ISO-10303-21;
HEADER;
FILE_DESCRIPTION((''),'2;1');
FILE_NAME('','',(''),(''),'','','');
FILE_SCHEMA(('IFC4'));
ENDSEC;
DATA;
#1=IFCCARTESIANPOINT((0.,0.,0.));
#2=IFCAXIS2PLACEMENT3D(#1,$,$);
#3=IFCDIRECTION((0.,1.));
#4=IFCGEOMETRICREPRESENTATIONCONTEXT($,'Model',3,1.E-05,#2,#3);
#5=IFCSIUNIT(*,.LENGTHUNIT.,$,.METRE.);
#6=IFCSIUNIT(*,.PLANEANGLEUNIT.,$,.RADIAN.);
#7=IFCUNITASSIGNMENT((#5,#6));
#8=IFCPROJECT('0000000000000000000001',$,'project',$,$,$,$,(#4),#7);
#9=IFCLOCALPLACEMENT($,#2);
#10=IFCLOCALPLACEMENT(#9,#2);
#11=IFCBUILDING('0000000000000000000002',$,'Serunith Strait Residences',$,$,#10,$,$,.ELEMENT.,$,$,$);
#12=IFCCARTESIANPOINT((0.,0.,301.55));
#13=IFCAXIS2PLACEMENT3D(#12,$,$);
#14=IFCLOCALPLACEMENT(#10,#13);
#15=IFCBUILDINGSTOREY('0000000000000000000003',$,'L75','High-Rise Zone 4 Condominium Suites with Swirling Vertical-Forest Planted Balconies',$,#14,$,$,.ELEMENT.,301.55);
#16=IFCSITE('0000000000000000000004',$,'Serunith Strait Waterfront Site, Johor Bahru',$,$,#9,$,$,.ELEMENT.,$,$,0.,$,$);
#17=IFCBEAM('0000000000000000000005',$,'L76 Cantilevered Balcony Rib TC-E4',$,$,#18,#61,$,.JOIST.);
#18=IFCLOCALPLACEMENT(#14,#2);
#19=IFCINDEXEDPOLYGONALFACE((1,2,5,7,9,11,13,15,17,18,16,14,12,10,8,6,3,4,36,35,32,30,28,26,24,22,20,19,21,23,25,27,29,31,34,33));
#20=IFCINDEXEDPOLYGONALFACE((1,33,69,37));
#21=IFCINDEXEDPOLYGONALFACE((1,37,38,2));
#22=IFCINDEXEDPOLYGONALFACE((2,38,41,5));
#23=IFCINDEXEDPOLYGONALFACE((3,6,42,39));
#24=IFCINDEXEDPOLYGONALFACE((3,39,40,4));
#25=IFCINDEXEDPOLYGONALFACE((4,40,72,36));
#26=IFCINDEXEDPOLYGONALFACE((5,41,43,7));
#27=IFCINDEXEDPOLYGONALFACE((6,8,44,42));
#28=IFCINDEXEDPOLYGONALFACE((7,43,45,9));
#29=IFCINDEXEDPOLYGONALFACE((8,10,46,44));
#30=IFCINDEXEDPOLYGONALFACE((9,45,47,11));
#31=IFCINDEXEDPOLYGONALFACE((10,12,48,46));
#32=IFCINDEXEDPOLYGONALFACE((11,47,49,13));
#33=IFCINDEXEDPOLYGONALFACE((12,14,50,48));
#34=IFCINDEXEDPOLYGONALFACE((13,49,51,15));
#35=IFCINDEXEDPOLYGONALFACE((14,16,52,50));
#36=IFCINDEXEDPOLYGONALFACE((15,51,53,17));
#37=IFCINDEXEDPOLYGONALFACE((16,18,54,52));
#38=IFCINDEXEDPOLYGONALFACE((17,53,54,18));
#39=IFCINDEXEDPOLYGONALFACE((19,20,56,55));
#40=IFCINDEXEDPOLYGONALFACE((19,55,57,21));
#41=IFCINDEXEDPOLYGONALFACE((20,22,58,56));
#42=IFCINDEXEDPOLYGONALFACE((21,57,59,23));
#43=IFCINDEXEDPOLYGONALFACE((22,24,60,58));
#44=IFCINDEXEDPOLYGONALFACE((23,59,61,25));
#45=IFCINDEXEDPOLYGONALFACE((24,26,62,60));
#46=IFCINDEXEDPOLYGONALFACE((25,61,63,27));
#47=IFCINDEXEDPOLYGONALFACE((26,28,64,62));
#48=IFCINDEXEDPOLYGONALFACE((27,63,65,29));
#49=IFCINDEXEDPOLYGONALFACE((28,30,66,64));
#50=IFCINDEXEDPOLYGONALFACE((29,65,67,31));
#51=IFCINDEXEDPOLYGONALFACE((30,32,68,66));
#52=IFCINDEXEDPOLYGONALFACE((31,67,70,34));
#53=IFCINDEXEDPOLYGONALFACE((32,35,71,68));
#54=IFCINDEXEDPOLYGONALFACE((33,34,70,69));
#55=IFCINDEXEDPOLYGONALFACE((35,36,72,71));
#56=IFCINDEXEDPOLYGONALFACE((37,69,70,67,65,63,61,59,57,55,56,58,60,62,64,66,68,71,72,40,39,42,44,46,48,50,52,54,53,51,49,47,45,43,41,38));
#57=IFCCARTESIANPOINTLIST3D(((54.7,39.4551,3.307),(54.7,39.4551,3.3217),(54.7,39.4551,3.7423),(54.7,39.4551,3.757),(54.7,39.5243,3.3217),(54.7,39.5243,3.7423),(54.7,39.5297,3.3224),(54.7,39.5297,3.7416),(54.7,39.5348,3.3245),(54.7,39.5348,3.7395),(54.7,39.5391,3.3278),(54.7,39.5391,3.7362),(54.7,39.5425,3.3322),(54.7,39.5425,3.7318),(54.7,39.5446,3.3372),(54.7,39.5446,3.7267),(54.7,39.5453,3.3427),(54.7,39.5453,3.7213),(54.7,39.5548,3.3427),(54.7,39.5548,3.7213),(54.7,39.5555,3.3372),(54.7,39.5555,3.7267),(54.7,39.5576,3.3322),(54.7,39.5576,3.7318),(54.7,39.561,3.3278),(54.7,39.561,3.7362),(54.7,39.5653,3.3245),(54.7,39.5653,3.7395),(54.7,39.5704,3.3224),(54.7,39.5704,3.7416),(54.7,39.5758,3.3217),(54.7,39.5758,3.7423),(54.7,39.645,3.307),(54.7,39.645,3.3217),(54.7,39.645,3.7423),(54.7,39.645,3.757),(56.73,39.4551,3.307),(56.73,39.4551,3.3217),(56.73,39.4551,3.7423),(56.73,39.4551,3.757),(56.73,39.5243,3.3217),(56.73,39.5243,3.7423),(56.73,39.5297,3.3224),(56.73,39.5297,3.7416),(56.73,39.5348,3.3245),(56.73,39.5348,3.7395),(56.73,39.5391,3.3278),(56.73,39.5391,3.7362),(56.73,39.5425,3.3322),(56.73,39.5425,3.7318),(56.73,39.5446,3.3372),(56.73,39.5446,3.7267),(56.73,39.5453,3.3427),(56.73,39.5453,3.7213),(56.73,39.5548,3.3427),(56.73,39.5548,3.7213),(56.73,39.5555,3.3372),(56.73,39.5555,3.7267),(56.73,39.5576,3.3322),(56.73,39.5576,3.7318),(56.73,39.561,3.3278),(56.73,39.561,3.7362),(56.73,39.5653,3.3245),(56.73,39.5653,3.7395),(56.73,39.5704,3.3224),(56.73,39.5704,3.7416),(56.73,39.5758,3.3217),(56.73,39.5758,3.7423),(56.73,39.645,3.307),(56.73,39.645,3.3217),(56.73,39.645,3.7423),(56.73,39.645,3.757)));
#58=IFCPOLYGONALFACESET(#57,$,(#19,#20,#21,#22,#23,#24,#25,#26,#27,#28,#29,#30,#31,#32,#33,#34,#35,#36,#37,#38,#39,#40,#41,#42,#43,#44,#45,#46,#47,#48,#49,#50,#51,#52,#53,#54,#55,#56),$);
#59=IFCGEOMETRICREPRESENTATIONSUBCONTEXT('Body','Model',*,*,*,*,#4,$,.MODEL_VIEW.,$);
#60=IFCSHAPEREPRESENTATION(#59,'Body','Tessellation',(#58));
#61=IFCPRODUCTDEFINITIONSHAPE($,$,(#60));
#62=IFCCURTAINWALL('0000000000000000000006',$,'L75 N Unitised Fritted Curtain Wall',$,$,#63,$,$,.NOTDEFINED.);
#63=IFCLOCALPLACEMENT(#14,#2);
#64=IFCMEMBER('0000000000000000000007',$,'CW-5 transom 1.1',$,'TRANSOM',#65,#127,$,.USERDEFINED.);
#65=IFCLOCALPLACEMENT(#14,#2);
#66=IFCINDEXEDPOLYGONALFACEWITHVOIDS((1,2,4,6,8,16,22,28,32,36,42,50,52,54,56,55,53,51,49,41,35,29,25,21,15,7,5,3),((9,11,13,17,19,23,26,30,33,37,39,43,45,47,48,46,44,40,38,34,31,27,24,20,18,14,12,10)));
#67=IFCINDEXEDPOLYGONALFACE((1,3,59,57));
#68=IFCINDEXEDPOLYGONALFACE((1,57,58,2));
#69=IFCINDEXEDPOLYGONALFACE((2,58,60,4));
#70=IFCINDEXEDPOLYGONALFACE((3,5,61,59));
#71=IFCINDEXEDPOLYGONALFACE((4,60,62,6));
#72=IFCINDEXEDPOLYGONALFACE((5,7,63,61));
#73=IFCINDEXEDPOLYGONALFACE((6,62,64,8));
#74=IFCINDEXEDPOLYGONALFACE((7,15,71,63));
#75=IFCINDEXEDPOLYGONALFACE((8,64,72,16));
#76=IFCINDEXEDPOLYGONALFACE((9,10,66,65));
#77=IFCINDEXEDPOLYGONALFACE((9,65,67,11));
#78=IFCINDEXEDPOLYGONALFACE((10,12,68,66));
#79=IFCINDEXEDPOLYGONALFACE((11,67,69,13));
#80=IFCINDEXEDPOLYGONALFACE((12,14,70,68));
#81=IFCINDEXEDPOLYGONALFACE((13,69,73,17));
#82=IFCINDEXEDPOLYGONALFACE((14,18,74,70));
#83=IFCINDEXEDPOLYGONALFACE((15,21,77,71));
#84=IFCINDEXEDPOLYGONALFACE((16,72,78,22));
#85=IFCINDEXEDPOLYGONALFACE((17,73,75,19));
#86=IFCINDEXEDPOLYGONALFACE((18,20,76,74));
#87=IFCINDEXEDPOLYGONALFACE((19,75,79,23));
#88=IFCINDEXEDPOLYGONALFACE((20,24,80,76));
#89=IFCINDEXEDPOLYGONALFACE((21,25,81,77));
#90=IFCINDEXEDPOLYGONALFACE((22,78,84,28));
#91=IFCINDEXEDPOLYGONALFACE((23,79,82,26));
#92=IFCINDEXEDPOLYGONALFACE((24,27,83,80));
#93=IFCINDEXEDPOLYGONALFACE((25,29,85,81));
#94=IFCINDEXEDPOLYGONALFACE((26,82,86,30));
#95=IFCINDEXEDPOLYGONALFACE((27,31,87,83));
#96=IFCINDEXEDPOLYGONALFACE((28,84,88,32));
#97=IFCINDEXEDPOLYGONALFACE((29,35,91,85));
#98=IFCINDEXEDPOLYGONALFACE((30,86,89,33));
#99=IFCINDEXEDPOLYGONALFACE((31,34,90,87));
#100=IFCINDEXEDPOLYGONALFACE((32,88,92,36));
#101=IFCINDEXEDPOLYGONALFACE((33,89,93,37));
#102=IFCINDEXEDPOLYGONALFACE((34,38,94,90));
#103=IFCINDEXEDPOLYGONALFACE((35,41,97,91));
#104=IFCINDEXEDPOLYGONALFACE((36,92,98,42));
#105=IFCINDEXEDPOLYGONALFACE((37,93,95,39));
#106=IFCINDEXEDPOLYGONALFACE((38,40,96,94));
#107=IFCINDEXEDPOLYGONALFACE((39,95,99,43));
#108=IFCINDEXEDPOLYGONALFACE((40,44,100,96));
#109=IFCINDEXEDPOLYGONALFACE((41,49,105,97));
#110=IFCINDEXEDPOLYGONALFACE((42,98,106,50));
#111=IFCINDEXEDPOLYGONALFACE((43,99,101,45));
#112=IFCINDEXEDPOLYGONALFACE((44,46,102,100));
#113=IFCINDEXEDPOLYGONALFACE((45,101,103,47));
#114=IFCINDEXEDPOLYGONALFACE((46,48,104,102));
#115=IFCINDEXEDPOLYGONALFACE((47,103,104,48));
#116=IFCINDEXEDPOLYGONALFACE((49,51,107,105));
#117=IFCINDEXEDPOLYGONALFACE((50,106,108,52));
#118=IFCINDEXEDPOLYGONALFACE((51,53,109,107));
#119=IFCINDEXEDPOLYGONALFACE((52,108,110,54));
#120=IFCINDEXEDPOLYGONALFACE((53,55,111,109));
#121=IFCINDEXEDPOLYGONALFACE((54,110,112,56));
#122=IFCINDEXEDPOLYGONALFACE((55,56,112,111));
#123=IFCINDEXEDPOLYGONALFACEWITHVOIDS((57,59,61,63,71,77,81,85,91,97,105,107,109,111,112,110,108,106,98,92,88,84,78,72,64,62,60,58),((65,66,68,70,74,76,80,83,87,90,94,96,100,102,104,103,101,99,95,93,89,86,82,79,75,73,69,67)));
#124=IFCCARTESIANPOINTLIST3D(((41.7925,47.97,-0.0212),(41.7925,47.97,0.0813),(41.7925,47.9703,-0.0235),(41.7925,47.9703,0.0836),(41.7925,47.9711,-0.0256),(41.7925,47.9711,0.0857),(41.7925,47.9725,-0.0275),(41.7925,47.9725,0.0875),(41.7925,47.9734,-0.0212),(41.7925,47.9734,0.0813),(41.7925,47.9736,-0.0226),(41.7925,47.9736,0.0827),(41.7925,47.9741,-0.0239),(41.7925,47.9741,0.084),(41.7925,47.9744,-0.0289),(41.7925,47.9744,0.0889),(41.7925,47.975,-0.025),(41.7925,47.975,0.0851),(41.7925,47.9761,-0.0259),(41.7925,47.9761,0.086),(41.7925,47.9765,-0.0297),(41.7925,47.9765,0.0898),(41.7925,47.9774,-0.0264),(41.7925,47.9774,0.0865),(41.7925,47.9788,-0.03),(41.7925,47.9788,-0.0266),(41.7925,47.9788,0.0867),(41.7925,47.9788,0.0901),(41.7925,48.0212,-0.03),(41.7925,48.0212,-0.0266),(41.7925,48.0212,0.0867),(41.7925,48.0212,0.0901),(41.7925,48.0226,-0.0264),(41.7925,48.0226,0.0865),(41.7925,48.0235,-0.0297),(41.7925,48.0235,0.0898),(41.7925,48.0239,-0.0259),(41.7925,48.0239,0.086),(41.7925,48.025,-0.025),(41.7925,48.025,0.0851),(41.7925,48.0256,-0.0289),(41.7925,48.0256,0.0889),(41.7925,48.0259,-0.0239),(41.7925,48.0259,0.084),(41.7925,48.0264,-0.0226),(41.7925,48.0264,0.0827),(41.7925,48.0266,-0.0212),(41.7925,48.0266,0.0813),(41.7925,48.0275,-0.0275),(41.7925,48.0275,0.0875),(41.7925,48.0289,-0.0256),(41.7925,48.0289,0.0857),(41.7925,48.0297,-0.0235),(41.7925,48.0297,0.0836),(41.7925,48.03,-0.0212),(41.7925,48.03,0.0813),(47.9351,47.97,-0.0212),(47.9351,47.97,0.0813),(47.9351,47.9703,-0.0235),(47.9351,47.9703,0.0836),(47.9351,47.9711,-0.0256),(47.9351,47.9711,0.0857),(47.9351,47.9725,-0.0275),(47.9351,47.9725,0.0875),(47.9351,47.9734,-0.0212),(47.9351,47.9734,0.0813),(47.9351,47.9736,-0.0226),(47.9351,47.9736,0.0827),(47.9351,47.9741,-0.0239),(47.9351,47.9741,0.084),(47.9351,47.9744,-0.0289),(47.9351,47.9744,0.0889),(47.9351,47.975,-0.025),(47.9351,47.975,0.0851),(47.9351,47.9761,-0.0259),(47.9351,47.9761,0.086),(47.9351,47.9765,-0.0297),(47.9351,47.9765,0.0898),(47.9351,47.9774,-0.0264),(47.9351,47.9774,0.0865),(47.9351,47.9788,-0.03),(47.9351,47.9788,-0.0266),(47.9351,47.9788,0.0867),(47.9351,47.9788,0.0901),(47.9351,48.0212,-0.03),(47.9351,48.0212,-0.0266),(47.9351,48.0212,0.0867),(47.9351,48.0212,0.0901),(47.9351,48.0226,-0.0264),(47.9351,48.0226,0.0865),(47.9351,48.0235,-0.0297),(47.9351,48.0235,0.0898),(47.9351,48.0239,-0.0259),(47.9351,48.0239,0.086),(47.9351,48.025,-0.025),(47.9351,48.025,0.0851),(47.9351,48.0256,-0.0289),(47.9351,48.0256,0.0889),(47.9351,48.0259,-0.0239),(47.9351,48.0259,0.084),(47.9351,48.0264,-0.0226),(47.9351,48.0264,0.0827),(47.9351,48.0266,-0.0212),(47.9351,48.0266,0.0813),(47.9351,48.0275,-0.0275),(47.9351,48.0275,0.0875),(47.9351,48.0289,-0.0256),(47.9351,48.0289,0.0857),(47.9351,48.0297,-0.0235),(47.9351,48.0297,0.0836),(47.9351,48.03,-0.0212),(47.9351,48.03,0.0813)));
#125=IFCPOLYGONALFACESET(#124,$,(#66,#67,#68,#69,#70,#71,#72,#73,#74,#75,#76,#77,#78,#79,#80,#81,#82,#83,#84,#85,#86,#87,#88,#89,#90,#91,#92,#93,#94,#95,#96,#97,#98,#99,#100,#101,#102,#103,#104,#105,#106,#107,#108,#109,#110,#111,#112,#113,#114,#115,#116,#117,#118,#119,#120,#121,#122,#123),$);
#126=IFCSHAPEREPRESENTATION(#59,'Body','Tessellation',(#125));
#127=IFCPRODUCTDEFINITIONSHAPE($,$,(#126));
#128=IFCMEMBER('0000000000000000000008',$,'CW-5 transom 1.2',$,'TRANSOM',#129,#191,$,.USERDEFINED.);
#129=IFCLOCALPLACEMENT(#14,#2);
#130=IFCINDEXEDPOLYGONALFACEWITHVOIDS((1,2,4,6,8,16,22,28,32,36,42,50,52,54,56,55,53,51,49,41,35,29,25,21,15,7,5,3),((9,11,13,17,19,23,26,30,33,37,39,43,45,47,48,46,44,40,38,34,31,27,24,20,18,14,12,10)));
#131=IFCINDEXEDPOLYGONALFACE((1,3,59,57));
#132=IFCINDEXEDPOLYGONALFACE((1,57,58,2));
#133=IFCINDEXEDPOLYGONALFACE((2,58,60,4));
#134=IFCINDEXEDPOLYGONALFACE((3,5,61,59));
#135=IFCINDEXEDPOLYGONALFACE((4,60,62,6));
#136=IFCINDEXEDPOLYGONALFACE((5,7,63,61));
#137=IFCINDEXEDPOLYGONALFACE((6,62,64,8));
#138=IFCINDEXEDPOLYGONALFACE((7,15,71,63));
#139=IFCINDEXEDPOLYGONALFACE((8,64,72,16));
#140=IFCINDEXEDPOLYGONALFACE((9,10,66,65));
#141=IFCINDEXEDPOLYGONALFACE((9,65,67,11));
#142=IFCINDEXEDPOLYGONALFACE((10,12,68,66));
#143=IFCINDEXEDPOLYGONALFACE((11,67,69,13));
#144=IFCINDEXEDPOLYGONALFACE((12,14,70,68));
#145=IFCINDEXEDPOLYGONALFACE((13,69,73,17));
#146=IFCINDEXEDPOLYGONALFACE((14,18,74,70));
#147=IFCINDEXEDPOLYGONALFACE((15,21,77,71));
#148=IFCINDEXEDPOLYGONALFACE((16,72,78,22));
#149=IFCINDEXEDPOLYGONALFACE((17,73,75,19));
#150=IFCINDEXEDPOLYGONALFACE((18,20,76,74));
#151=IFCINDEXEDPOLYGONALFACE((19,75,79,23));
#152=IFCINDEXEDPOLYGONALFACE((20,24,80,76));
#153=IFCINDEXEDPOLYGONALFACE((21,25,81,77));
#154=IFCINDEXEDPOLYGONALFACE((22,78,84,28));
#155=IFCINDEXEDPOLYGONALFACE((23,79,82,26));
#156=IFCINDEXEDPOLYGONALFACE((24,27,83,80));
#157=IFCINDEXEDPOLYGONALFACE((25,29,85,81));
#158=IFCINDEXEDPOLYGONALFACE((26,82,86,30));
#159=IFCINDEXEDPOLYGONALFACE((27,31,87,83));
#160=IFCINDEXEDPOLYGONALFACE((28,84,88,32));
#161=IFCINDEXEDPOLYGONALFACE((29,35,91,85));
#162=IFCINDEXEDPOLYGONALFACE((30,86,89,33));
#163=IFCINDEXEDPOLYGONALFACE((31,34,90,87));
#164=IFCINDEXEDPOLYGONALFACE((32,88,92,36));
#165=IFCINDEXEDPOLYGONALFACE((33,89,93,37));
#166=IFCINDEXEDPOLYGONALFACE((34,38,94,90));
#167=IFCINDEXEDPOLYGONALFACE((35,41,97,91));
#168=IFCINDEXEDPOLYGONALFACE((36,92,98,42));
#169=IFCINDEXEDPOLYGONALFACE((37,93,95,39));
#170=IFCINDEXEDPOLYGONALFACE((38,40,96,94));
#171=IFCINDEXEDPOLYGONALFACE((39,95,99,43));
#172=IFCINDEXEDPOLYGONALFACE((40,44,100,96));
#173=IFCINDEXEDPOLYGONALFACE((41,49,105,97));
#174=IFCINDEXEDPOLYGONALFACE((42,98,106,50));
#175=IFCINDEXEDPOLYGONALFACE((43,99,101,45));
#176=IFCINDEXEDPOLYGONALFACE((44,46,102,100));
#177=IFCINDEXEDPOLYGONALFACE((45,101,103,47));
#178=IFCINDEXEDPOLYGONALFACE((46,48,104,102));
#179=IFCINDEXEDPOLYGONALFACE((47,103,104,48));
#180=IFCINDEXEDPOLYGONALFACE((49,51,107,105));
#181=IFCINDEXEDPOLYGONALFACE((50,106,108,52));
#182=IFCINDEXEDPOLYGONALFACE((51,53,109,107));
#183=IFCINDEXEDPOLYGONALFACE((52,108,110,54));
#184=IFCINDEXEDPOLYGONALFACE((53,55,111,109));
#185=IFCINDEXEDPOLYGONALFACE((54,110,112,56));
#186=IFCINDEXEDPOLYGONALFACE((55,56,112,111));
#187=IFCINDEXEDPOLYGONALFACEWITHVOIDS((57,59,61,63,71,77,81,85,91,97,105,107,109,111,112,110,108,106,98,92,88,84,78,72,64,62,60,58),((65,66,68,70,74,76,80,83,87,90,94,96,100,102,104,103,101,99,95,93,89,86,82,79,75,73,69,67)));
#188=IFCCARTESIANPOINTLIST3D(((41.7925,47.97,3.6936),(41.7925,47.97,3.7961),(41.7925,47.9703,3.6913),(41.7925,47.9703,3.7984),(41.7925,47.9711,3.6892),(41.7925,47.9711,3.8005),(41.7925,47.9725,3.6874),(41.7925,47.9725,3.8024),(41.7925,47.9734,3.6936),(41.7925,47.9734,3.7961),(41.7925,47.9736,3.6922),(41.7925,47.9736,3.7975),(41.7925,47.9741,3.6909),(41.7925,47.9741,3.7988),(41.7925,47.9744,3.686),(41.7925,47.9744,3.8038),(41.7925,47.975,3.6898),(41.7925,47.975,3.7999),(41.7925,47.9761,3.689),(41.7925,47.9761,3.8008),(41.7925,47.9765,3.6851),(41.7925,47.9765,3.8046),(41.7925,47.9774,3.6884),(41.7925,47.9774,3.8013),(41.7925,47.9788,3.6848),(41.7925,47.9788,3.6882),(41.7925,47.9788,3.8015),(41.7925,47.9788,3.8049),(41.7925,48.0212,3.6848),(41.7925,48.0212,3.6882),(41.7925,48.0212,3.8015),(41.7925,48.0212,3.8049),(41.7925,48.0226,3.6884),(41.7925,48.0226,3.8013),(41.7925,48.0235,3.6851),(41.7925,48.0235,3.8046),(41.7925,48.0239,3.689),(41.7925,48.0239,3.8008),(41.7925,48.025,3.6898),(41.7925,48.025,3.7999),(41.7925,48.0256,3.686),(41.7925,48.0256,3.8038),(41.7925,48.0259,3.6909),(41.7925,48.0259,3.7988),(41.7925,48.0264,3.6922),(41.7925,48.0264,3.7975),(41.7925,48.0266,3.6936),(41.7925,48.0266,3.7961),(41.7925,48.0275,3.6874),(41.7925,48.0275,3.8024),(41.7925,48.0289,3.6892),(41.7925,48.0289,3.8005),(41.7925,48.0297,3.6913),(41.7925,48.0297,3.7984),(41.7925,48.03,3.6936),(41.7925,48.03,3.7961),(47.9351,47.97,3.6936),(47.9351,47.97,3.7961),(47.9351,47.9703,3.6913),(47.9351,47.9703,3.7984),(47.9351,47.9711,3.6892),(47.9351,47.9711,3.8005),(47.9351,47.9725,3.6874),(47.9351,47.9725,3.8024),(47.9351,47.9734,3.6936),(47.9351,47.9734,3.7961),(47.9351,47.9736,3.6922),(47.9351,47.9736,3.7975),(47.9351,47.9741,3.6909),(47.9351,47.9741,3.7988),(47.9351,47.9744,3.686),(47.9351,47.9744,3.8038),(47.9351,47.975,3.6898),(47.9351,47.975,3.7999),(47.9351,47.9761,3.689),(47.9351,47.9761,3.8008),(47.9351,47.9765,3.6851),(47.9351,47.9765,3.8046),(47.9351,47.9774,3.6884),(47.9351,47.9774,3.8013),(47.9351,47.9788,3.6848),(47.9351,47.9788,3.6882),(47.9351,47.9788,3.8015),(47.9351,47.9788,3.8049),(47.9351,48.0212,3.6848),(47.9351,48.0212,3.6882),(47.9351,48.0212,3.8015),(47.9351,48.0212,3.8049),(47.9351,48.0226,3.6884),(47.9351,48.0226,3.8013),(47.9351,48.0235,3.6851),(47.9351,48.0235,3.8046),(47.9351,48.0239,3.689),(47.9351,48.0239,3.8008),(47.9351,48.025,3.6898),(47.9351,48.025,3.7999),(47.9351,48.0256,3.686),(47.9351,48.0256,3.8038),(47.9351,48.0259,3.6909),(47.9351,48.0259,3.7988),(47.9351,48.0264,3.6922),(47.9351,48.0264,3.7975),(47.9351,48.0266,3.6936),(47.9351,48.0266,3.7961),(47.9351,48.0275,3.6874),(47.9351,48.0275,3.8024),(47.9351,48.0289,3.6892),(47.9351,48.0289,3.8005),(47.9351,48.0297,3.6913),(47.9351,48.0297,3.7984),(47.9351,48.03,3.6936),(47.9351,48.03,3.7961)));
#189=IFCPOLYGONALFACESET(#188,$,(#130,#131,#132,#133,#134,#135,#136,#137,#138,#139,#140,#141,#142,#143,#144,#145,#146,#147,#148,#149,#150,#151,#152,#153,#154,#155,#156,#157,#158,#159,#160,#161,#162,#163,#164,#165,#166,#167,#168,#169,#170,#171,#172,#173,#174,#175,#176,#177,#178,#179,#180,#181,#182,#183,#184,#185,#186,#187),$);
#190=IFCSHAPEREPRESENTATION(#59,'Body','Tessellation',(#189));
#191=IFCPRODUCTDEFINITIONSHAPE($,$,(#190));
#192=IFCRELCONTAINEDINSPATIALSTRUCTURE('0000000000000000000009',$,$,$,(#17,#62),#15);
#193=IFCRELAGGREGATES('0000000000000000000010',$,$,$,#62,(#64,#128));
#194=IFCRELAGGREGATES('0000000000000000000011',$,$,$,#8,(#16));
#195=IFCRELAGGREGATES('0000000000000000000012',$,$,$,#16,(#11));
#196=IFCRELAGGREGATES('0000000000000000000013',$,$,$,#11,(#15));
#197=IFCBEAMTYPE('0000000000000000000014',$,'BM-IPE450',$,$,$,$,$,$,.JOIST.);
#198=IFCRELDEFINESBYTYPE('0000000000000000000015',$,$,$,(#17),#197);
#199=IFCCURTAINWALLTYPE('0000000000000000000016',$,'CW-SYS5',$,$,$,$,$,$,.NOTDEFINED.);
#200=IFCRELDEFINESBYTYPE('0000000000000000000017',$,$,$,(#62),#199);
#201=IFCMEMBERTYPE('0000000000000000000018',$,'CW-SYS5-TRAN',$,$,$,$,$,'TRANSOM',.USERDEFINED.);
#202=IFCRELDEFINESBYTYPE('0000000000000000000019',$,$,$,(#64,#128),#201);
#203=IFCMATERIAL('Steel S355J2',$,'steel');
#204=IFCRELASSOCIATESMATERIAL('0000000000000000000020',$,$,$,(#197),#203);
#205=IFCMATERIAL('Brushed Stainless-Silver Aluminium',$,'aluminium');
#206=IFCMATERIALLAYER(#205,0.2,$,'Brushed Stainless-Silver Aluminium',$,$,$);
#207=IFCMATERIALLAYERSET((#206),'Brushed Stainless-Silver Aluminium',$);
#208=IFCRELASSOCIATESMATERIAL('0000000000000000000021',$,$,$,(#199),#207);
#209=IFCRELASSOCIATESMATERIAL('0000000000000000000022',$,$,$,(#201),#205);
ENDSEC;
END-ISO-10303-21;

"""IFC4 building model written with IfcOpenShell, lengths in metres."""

from ifc_helpers import new_model, si_unit, direction, frame, origin, origin_2d, place, context, subcontext, project, spatial, hollow_rectangle, i_section, extrude, source, transform, mapped, material, layer, layer_set, material_profile, profile_set, type_object, element, aggregate, save


model = new_model("IFC4")

# Units and contexts
model_context = context("Model", 3, precision=1e-05, world=origin(), true_north=direction((0.0, 1.0)))
body_context = subcontext(model_context, "Body", "Model", "MODEL_VIEW")
ifc_project = project(units=[si_unit("LENGTHUNIT", "METRE"), si_unit("PLANEANGLEUNIT", "RADIAN")], contexts=[model_context])

# Site, building, storey
site_placement = place(None, origin())
site = spatial("IfcSite", under=ifc_project, at=site_placement, Name="Serunith Strait Waterfront Site, Johor Bahru", CompositionType="ELEMENT", RefElevation=0.0)
building_placement = place(site_placement, origin())
building = spatial("IfcBuilding", under=site, at=building_placement, Name="Serunith Strait Residences", CompositionType="ELEMENT")
storey_placement = place(building_placement, frame((0.0, 0.0, 301.55)))
storey = spatial("IfcBuildingStorey", under=building, at=storey_placement, Name="L75", Description="High-Rise Zone 4 Condominium Suites with Swirling Vertical-Forest Planted Balconies", CompositionType="ELEMENT", Elevation=301.55)

# Beam
ifc_material_1 = material(Name="Steel S355J2", Category="steel")
ifc_material_profile_1 = material_profile(ifc_material_1, i_section(OverallWidth=0.1899, OverallDepth=0.45, WebThickness=0.0095, FlangeThickness=0.0146, FilletRadius=0.021, at=origin_2d()), Name="IPE 450")
ifc_profile_set_1 = profile_set([ifc_material_profile_1], Name="Steel S355J2")
beam_type_1 = type_object("IfcBeamType", Name="BM-IPE450", PredefinedType="JOIST", material=ifc_profile_set_1)
shared_shape_1 = source(origin(), body_context, "Body", "SweptSolid", [
    extrude(i_section(OverallWidth=0.1899, OverallDepth=0.45, WebThickness=0.0095, FlangeThickness=0.0146, FilletRadius=0.021, at=origin_2d()), origin(), (0.0, 0.0, 1.0), 2.03),
])
beam_1_placement = place(storey_placement, frame((54.7, 39.55, 3.532), z_axis=(1.0, 0.0, 0.0), x_axis=(0.0, 1.0, 0.0)))
element("IfcBeam", 1, at=beam_1_placement, inside=storey, type_object=beam_type_1, Name="L76 Cantilevered Balcony Rib TC-E4", PredefinedType="JOIST", context=body_context, shape_type="MappedRepresentation", body=[
    mapped(shared_shape_1, transform((0.0, 0.0, 0.0), scale=1.0)),
])

# Curtain wall, members
ifc_material_2 = material(Name="Brushed Stainless-Silver Aluminium", Category="aluminium")
ifc_layer_1 = layer(ifc_material_2, 0.2, Name="Brushed Stainless-Silver Aluminium")
ifc_layer_set_1 = layer_set([ifc_layer_1], Name="Brushed Stainless-Silver Aluminium")
curtain_wall_type = type_object("IfcCurtainWallType", Name="CW-SYS5", PredefinedType="NOTDEFINED", material=ifc_layer_set_1)
curtain_wall_1_placement = place(storey_placement, origin())
curtain_wall_1 = element("IfcCurtainWall", 2, at=curtain_wall_1_placement, inside=storey, type_object=curtain_wall_type, Name="L75 N Unitised Fritted Curtain Wall", PredefinedType="NOTDEFINED")
ifc_material_profile_2 = material_profile(ifc_material_2, hollow_rectangle(XDim=0.0601, YDim=0.1201, WallThickness=0.0034, InnerFilletRadius=0.0054, OuterFilletRadius=0.0088, at=origin_2d()), Name="ALU 120x60x3.5")
ifc_profile_set_2 = profile_set([ifc_material_profile_2], Name="Brushed Stainless-Silver Aluminium")
member_type_1 = type_object("IfcMemberType", Name="CW-SYS5-TRAN", ElementType="TRANSOM", PredefinedType="USERDEFINED", material=ifc_profile_set_2)
shared_shape_2 = source(origin(), body_context, "Body", "SweptSolid", [
    extrude(hollow_rectangle(XDim=0.0601, YDim=0.1201, WallThickness=0.0034, InnerFilletRadius=0.0054, OuterFilletRadius=0.0088, at=origin_2d()), origin(), (0.0, 0.0, 1.0), 6.1426),
])
member_1_placement = place(storey_placement, frame((47.9351, 48.0, 0.03), z_axis=(-1.0, 0.0, 0.0), x_axis=(0.0, -1.0, 0.0)))
member_1 = element("IfcMember", 3, at=member_1_placement, type_object=member_type_1, Name="CW-5 transom 1.1", ObjectType="TRANSOM", PredefinedType="USERDEFINED", context=body_context, shape_type="MappedRepresentation", body=[
    mapped(shared_shape_2, transform((0.0, 0.0, 0.0), scale=1.0)),
])
member_2_placement = place(storey_placement, frame((47.9351, 48.0, 3.7449), z_axis=(-1.0, 0.0, 0.0), x_axis=(0.0, -1.0, 0.0)))
member_2 = element("IfcMember", 4, at=member_2_placement, type_object=member_type_1, Name="CW-5 transom 1.2", ObjectType="TRANSOM", PredefinedType="USERDEFINED", context=body_context, shape_type="MappedRepresentation", body=[
    mapped(shared_shape_2, transform((0.0, 0.0, 0.0), scale=1.0)),
])

aggregate(curtain_wall_1, [member_1, member_2])

save(model, "model.ifc")
